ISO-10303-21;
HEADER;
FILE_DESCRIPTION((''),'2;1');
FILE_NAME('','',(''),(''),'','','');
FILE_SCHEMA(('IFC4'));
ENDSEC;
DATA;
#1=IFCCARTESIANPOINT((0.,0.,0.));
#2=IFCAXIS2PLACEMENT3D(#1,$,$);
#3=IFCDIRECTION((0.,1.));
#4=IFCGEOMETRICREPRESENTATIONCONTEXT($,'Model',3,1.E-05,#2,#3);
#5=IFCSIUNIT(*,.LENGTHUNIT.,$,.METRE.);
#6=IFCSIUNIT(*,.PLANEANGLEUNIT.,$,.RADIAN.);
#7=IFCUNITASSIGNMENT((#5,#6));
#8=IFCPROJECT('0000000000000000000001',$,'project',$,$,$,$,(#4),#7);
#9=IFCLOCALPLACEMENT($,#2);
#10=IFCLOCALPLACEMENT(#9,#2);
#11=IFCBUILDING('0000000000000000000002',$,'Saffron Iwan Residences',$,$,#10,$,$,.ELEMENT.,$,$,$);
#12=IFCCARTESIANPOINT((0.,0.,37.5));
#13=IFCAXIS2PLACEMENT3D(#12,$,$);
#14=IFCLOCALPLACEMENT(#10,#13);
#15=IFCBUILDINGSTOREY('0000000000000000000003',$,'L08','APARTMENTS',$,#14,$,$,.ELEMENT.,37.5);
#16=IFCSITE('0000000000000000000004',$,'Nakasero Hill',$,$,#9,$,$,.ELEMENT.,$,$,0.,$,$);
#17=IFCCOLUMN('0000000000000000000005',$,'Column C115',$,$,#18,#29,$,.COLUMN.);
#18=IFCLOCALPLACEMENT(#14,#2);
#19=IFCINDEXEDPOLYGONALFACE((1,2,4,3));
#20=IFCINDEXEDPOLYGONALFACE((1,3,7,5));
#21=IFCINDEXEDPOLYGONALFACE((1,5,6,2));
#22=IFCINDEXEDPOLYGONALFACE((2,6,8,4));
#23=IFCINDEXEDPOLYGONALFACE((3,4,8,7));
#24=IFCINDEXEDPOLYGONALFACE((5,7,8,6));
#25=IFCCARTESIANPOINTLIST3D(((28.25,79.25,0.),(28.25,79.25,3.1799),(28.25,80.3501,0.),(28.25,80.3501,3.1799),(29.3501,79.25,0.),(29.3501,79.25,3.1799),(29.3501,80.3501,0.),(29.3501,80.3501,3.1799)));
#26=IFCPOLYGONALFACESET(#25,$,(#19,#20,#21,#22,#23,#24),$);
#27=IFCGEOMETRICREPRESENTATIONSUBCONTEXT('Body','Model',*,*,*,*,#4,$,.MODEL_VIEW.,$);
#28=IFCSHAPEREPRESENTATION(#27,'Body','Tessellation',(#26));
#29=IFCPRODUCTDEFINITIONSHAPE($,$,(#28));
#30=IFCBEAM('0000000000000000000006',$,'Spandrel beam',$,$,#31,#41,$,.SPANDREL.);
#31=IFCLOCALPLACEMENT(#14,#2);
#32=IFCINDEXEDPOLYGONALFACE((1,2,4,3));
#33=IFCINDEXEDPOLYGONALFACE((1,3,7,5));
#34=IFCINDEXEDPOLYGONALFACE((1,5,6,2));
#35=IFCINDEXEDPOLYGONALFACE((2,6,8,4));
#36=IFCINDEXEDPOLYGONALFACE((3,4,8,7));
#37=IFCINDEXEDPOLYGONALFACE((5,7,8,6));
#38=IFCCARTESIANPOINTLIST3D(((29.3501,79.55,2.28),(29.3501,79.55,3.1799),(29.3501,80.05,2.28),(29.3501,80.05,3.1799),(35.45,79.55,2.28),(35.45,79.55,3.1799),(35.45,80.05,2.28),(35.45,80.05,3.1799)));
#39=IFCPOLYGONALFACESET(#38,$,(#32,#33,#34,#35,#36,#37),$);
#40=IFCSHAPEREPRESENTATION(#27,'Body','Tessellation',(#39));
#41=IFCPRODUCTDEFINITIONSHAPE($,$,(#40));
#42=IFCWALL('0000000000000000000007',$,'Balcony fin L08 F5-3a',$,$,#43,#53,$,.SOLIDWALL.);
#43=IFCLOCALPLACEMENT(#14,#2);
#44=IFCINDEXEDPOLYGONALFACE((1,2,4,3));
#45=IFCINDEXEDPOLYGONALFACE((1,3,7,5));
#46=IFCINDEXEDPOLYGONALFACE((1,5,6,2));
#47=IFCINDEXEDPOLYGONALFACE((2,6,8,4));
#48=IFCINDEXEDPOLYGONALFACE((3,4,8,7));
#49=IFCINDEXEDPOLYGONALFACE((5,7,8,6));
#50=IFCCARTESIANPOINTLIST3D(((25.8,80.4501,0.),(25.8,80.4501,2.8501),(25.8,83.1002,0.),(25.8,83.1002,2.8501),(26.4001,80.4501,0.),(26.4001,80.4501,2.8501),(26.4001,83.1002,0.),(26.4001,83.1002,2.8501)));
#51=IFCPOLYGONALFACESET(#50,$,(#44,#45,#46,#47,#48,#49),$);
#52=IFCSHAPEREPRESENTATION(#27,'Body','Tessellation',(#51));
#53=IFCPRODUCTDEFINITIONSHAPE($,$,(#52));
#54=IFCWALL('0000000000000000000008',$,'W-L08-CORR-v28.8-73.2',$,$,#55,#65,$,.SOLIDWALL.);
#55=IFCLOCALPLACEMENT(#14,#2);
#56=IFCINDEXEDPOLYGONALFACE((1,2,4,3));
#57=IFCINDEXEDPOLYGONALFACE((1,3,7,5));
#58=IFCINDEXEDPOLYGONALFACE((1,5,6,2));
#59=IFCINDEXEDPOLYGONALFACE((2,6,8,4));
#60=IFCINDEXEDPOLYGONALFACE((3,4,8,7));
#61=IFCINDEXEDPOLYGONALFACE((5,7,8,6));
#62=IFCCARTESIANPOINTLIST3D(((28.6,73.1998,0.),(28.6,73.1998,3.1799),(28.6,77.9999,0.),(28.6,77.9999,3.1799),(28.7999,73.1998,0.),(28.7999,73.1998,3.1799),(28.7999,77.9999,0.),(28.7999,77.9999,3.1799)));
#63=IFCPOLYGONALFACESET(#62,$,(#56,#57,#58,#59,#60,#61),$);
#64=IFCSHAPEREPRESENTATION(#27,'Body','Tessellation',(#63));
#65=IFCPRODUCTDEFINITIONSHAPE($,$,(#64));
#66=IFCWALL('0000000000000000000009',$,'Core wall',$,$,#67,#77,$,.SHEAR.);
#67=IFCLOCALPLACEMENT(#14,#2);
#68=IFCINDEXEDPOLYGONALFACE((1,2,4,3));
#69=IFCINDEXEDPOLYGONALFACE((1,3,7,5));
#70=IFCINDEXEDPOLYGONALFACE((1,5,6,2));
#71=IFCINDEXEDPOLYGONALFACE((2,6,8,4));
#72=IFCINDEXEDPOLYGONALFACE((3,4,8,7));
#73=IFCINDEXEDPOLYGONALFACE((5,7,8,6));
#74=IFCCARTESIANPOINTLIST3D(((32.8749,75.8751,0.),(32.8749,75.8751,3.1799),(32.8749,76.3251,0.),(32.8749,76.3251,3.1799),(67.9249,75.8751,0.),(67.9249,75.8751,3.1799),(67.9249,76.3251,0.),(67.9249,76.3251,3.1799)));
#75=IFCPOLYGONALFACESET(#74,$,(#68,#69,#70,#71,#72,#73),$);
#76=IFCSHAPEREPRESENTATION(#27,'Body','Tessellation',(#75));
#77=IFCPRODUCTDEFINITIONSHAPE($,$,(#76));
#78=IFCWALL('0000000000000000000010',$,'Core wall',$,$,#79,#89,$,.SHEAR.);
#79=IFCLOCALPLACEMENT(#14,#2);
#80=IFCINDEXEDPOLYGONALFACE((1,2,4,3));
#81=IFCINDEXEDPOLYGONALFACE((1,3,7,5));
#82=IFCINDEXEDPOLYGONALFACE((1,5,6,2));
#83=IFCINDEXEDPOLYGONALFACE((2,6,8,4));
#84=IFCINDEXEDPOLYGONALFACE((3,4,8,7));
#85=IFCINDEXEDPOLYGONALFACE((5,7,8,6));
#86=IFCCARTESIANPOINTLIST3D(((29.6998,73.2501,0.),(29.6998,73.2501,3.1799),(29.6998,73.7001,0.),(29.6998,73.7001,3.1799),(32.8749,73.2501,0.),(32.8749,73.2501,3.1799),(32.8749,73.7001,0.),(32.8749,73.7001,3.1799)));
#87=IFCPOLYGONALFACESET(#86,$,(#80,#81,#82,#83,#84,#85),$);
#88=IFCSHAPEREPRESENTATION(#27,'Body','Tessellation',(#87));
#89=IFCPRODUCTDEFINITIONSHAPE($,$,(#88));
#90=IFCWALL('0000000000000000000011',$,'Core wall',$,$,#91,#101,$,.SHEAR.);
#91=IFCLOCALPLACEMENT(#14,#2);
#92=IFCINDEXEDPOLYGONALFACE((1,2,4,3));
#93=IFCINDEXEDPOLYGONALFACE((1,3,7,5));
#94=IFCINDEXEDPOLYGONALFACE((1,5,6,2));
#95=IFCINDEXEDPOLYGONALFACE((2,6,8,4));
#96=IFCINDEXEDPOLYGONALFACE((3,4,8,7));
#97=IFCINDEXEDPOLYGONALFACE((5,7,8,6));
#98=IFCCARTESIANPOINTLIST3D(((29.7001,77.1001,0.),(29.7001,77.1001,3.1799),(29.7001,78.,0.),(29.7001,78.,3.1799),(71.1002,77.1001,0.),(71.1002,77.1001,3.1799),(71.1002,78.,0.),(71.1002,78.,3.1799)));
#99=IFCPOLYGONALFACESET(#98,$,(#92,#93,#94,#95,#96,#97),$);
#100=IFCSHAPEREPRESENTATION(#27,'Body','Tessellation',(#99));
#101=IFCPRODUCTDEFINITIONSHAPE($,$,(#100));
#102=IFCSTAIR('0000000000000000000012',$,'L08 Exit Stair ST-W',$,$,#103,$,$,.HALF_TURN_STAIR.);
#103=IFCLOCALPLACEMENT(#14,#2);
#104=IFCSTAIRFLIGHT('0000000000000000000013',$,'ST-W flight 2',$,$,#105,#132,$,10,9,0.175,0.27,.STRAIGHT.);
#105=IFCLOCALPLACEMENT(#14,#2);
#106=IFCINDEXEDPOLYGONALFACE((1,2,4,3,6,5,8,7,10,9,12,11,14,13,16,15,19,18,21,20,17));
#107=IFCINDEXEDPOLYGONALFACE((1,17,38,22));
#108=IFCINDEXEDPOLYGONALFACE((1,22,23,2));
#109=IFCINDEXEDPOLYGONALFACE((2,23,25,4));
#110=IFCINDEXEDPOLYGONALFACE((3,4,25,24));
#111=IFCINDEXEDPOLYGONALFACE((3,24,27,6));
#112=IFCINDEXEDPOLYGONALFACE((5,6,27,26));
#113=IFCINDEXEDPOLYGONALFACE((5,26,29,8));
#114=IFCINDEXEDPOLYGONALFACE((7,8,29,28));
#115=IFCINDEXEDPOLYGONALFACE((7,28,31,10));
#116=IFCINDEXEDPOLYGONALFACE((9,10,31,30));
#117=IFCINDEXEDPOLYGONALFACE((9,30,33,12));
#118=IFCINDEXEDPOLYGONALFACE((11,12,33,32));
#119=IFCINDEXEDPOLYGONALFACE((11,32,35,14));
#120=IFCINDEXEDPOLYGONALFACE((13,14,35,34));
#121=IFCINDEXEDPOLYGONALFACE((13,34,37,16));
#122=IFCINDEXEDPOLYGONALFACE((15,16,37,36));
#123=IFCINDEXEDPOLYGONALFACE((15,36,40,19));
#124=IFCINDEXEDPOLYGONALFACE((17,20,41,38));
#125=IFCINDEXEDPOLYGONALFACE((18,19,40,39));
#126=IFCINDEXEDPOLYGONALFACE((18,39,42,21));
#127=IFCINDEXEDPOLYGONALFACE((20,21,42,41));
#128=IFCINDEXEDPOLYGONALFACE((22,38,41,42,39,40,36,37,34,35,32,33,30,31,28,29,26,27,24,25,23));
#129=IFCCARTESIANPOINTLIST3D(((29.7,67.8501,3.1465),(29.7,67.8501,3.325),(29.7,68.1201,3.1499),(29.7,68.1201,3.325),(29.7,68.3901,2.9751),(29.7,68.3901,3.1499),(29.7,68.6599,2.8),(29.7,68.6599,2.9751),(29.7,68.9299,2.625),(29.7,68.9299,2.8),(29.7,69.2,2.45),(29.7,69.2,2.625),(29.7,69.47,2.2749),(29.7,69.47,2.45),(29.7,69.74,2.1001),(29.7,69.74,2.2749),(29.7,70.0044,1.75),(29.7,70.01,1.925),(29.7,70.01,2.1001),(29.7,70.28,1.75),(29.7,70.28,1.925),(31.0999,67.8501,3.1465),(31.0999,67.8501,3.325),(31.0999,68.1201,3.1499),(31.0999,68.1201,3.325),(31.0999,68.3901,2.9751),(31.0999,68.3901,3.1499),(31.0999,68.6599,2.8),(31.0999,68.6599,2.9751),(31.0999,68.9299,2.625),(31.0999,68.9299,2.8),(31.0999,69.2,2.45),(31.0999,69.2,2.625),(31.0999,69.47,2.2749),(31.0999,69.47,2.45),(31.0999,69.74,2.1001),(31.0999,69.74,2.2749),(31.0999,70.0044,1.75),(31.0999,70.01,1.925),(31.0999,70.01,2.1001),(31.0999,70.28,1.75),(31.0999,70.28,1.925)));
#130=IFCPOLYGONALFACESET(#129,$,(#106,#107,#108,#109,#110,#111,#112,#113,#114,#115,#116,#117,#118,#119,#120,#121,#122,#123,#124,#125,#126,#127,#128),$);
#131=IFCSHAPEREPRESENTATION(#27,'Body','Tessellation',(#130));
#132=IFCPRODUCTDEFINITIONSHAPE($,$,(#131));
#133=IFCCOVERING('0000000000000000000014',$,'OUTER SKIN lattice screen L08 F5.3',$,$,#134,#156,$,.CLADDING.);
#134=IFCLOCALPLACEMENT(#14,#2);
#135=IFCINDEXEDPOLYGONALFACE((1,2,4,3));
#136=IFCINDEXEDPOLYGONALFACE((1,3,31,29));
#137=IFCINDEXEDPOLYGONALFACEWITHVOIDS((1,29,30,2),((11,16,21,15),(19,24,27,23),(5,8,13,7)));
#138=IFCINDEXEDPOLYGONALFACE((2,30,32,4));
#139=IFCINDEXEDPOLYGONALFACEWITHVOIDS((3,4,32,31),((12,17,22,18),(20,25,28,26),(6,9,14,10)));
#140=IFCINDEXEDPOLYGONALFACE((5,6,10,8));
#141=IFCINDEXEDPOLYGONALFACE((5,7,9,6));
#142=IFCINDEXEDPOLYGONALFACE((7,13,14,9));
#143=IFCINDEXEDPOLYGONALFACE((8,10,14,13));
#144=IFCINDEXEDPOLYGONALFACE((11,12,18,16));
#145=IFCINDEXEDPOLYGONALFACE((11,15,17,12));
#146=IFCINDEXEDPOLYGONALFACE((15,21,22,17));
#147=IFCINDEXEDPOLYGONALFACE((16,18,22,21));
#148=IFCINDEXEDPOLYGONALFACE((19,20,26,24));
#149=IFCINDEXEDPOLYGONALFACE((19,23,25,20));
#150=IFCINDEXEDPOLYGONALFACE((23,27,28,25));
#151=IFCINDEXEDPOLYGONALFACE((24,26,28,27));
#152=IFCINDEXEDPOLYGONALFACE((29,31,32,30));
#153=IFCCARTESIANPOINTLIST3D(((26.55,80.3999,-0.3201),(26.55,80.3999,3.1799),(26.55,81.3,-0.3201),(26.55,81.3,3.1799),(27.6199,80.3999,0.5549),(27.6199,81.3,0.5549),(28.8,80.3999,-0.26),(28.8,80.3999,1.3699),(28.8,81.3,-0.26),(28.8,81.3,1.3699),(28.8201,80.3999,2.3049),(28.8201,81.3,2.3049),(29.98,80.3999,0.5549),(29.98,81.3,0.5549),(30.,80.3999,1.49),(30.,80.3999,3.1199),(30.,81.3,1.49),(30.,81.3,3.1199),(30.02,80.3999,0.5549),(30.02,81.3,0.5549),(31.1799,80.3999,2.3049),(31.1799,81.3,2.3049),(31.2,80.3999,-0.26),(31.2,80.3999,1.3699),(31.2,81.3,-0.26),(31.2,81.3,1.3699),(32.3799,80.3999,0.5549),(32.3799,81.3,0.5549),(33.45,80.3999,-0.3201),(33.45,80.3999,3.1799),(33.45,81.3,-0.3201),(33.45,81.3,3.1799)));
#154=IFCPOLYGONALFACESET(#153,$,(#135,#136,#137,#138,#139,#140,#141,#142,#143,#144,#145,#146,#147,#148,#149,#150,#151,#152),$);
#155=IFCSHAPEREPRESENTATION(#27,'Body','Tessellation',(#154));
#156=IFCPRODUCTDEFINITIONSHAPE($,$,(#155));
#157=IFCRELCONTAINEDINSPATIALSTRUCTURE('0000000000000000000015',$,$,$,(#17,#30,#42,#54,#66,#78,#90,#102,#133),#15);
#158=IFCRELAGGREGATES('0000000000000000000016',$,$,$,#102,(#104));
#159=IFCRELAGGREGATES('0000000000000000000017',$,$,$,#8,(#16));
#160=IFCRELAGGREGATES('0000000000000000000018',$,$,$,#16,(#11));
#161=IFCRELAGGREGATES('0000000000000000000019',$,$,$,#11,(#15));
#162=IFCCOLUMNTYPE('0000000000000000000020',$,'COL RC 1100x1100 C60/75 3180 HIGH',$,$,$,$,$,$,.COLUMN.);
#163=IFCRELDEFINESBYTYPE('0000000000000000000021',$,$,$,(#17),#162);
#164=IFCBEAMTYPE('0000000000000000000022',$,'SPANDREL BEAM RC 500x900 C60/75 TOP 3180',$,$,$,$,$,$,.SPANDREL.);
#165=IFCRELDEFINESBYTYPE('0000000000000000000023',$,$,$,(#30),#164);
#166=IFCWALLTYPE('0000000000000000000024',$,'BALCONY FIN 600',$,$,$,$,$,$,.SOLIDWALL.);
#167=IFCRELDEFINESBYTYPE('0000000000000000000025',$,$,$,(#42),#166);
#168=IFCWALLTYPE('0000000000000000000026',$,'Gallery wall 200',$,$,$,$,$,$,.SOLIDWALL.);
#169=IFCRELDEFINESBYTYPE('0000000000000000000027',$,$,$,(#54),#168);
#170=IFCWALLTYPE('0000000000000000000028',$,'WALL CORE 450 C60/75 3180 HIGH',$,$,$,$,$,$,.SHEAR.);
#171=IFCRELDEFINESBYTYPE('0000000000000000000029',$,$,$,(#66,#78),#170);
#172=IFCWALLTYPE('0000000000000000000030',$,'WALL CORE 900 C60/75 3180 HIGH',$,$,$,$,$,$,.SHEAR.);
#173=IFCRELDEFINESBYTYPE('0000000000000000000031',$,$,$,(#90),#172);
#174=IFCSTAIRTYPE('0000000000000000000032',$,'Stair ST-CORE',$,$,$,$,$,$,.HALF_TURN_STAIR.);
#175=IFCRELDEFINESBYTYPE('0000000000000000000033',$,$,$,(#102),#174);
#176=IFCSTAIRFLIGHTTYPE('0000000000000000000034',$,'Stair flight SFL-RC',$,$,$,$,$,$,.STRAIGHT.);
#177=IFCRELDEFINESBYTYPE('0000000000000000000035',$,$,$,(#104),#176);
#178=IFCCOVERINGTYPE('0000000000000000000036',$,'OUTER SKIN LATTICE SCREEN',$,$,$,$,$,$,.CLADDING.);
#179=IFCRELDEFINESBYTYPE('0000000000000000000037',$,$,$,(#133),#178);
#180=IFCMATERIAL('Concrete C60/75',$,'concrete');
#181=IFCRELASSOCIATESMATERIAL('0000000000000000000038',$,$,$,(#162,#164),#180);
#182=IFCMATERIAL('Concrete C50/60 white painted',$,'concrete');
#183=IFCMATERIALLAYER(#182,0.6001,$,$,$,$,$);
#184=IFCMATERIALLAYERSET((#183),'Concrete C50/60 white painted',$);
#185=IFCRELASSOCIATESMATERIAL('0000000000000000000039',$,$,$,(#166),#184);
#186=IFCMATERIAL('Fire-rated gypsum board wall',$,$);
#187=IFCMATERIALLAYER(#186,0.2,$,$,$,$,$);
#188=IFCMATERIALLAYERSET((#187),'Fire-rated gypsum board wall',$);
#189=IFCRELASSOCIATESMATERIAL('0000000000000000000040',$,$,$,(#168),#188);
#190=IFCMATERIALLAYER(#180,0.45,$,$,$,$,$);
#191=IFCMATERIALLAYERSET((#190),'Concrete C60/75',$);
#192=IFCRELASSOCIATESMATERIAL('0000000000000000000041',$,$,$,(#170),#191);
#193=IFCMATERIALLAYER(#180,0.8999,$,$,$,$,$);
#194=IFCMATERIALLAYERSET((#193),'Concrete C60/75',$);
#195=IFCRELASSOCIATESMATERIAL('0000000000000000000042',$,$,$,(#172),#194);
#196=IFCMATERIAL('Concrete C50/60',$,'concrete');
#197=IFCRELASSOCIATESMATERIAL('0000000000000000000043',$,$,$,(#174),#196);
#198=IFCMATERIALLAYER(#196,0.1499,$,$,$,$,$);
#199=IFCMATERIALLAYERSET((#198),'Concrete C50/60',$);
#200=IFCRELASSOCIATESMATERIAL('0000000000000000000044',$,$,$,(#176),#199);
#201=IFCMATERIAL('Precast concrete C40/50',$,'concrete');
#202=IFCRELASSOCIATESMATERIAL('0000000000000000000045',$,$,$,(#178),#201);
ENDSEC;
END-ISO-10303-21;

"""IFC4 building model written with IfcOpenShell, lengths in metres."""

from ifc_helpers import new_model, si_unit, direction, frame, frame_2d, origin, origin_2d, place, context, subcontext, project, spatial, polyline, rectangle, outline, extrude, source, transform, mapped, material, layer, layer_set, material_profile, profile_set, type_object, element, aggregate, save


model = new_model("IFC4")

# Units and contexts
model_context = context("Model", 3, precision=1e-05, world=origin(), true_north=direction((0.0, 1.0)))
body_context = subcontext(model_context, "Body", "Model", "MODEL_VIEW")
ifc_project = project(units=[si_unit("LENGTHUNIT", "METRE"), si_unit("PLANEANGLEUNIT", "RADIAN")], contexts=[model_context])

# Site, building, storey
site_placement = place(None, origin())
site = spatial("IfcSite", under=ifc_project, at=site_placement, Name="Nakasero Hill", CompositionType="ELEMENT", RefElevation=0.0)
building_placement = place(site_placement, origin())
building = spatial("IfcBuilding", under=site, at=building_placement, Name="Saffron Iwan Residences", CompositionType="ELEMENT")
storey_placement = place(building_placement, frame((0.0, 0.0, 37.5)))
storey = spatial("IfcBuildingStorey", under=building, at=storey_placement, Name="L08", Description="APARTMENTS", CompositionType="ELEMENT", Elevation=37.5)

# Column
ifc_material_1 = material(Name="Concrete C60/75", Category="concrete")
ifc_material_profile_1 = material_profile(ifc_material_1, rectangle(XDim=1.1001, YDim=1.1001, at=origin_2d()), Name="RC 1100x1100")
ifc_profile_set_1 = profile_set([ifc_material_profile_1], Name="Concrete C60/75")
column_type = type_object("IfcColumnType", Name="COL RC 1100x1100 C60/75 3180 HIGH", PredefinedType="COLUMN", material=ifc_profile_set_1)
shared_shape_1 = source(origin(), body_context, "Body", "SweptSolid", [
    extrude(rectangle(XDim=1.1001, YDim=1.1001, at=origin_2d()), origin(), (0.0, 0.0, 1.0), 3.1799),
])
column_placement = place(storey_placement, frame((28.8, 79.8, 0.0), z_axis=(0.0, 0.0, 1.0), x_axis=(1.0, 0.0, 0.0)))
element("IfcColumn", 1, at=column_placement, inside=storey, type_object=column_type, Name="Column C115", PredefinedType="COLUMN", context=body_context, shape_type="MappedRepresentation", body=[
    mapped(shared_shape_1, transform((0.0, 0.0, 0.0))),
])

# Beam
ifc_material_profile_2 = material_profile(ifc_material_1, rectangle(XDim=0.5, YDim=0.8999, at=origin_2d()), Name="RC 500x900")
ifc_profile_set_2 = profile_set([ifc_material_profile_2], Name="Concrete C60/75")
beam_type = type_object("IfcBeamType", Name="SPANDREL BEAM RC 500x900 C60/75 TOP 3180", PredefinedType="SPANDREL", material=ifc_profile_set_2)
shared_shape_2 = source(origin(), body_context, "Body", "SweptSolid", [
    extrude(rectangle(XDim=0.5, YDim=0.8999, at=origin_2d()), origin(), (0.0, 0.0, 1.0), 6.0999),
])
beam_placement = place(storey_placement, frame((29.3501, 79.8, 2.73), z_axis=(1.0, 0.0, 0.0), x_axis=(0.0, 1.0, 0.0)))
element("IfcBeam", 2, at=beam_placement, inside=storey, type_object=beam_type, Name="Spandrel beam", PredefinedType="SPANDREL", context=body_context, shape_type="MappedRepresentation", body=[
    mapped(shared_shape_2, transform((0.0, 0.0, 0.0))),
])

# Wall
ifc_material_2 = material(Name="Concrete C50/60 white painted", Category="concrete")
ifc_layer_1 = layer(ifc_material_2, 0.6001)
ifc_layer_set_1 = layer_set([ifc_layer_1], Name="Concrete C50/60 white painted")
wall_type_1 = type_object("IfcWallType", Name="BALCONY FIN 600", PredefinedType="SOLIDWALL", material=ifc_layer_set_1)
wall_1_placement = place(storey_placement, frame((26.1001, 80.45, 0.0), z_axis=(0.0, 0.0, 1.0), x_axis=(0.0, 1.0, 0.0)))
element("IfcWall", 3, at=wall_1_placement, inside=storey, type_object=wall_type_1, Name="Balcony fin L08 F5-3a", PredefinedType="SOLIDWALL", context=body_context, shape_type="SweptSolid", body=[
    extrude(rectangle(XDim=2.6501, YDim=0.6001, at=frame_2d((1.3252, 0.0))), origin(), (0.0, 0.0, 1.0), 2.8501),
])

# Wall
ifc_material_3 = material(Name="Fire-rated gypsum board wall")
ifc_layer_2 = layer(ifc_material_3, 0.2)
ifc_layer_set_2 = layer_set([ifc_layer_2], Name="Fire-rated gypsum board wall")
wall_type_2 = type_object("IfcWallType", Name="Gallery wall 200", PredefinedType="SOLIDWALL", material=ifc_layer_set_2)
wall_2_placement = place(storey_placement, frame((28.7, 73.2, 0.0), z_axis=(0.0, 0.0, 1.0), x_axis=(0.0, 1.0, 0.0)))
element("IfcWall", 4, at=wall_2_placement, inside=storey, type_object=wall_type_2, Name="W-L08-CORR-v28.8-73.2", PredefinedType="SOLIDWALL", context=body_context, shape_type="SweptSolid", body=[
    extrude(rectangle(XDim=4.8, YDim=0.2, at=frame_2d((2.3999, 0.0))), origin(), (0.0, 0.0, 1.0), 3.1799),
])

# Shared definitions
ifc_layer_3 = layer(ifc_material_1, 0.45)
ifc_layer_set_3 = layer_set([ifc_layer_3], Name="Concrete C60/75")
wall_type_3 = type_object("IfcWallType", Name="WALL CORE 450 C60/75 3180 HIGH", PredefinedType="SHEAR", material=ifc_layer_set_3)

# Walls
wall_3_placement = place(storey_placement, frame((32.875, 76.1001, 0.0), z_axis=(0.0, 0.0, 1.0), x_axis=(1.0, 0.0, 0.0)))
element("IfcWall", 5, at=wall_3_placement, inside=storey, type_object=wall_type_3, Name="Core wall", PredefinedType="SHEAR", context=body_context, shape_type="SweptSolid", body=[
    extrude(rectangle(XDim=35.05, YDim=0.45, at=frame_2d((17.5249, 0.0))), origin(), (0.0, 0.0, 1.0), 3.1799),
])
wall_4_placement = place(storey_placement, frame((29.7, 73.4751, 0.0), z_axis=(0.0, 0.0, 1.0), x_axis=(1.0, 0.0, 0.0)))
element("IfcWall", 6, at=wall_4_placement, inside=storey, type_object=wall_type_3, Name="Core wall", PredefinedType="SHEAR", context=body_context, shape_type="SweptSolid", body=[
    extrude(rectangle(XDim=3.175, YDim=0.45, at=frame_2d((1.5874, 0.0))), origin(), (0.0, 0.0, 1.0), 3.1799),
])
ifc_layer_4 = layer(ifc_material_1, 0.8999)
ifc_layer_set_4 = layer_set([ifc_layer_4], Name="Concrete C60/75")
wall_type_4 = type_object("IfcWallType", Name="WALL CORE 900 C60/75 3180 HIGH", PredefinedType="SHEAR", material=ifc_layer_set_4)
wall_5_placement = place(storey_placement, frame((29.7, 77.55, 0.0), z_axis=(0.0, 0.0, 1.0), x_axis=(1.0, 0.0, 0.0)))
element("IfcWall", 7, at=wall_5_placement, inside=storey, type_object=wall_type_4, Name="Core wall", PredefinedType="SHEAR", context=body_context, shape_type="SweptSolid", body=[
    extrude(rectangle(XDim=41.4001, YDim=0.8999, at=frame_2d((20.7002, 0.0))), origin(), (0.0, 0.0, 1.0), 3.1799),
])

# Stair, stair flight
ifc_material_4 = material(Name="Concrete C50/60", Category="concrete")
stair_type = type_object("IfcStairType", Name="Stair ST-CORE", PredefinedType="HALF_TURN_STAIR", material=ifc_material_4)
stair_placement = place(storey_placement, origin())
stair = element("IfcStair", 8, at=stair_placement, inside=storey, type_object=stair_type, Name="L08 Exit Stair ST-W", PredefinedType="HALF_TURN_STAIR")
ifc_layer_5 = layer(ifc_material_4, 0.1499)
ifc_layer_set_5 = layer_set([ifc_layer_5], Name="Concrete C50/60")
stair_flight_type = type_object("IfcStairFlightType", Name="Stair flight SFL-RC", PredefinedType="STRAIGHT", material=ifc_layer_set_5)
stair_flight_placement = place(storey_placement, frame((30.3999, 70.28, 1.75), z_axis=(0.0, 0.0, 1.0), x_axis=(0.0, -1.0, 0.0)))
stair_flight = element("IfcStairFlight", 9, at=stair_flight_placement, type_object=stair_flight_type, Name="ST-W flight 2", NumberOfRisers=10, NumberOfTreads=9, PredefinedType="STRAIGHT", RiserHeight=0.175, TreadLength=0.27, context=body_context, shape_type="SweptSolid", body=[
    extrude(outline(polyline([(0.0, 0.0), (0.0, 0.175), (0.27, 0.175), (0.27, 0.3501), (0.54, 0.3501), (0.54, 0.5249), (0.8101, 0.5249), (0.8101, 0.7), (1.0801, 0.7), (1.0801, 0.875), (1.3501, 0.875), (1.3501, 1.05), (1.6201, 1.05), (1.6201, 1.2251), (1.8899, 1.2251), (1.8899, 1.3999), (2.1599, 1.3999), (2.1599, 1.575), (2.4299, 1.575), (2.4299, 1.75), (2.4299, 1.3965), (0.2756, 0.0), (0.0, 0.0)])), frame((0.0, 0.7, 0.0), z_axis=(0.0, -1.0, 0.0), x_axis=(1.0, 0.0, 0.0)), (0.0, 0.0, 1.0), 1.3999),
])
aggregate(stair, [stair_flight])

# Covering
ifc_material_5 = material(Name="Precast concrete C40/50", Category="concrete")
covering_type_1 = type_object("IfcCoveringType", Name="OUTER SKIN LATTICE SCREEN", PredefinedType="CLADDING", material=ifc_material_5)
covering_1_placement = place(storey_placement, frame((33.45, 80.3999, -0.3201), z_axis=(0.0, 1.0, 0.0), x_axis=(-1.0, 0.0, 0.0)))
element("IfcCovering", 10, at=covering_1_placement, inside=storey, type_object=covering_type_1, Name="OUTER SKIN lattice screen L08 F5.3", PredefinedType="CLADDING", context=body_context, shape_type="SweptSolid", body=[
    extrude(outline(polyline([(0.0, 0.0), (6.8999, 0.0), (6.8999, 3.5), (0.0, 3.5), (0.0, 0.0)]), holes=[polyline([(1.0701, 0.875), (2.25, 0.0601), (3.4299, 0.875), (2.25, 1.6899), (1.0701, 0.875)]), polyline([(3.47, 0.875), (4.6499, 0.0601), (5.8301, 0.875), (4.6499, 1.6899), (3.47, 0.875)]), polyline([(2.27, 2.625), (3.45, 1.8101), (4.6299, 2.625), (3.45, 3.4399), (2.27, 2.625)])]), origin(), (0.0, 0.0, 1.0), 0.9001),
])

save(model, "model.ifc")
